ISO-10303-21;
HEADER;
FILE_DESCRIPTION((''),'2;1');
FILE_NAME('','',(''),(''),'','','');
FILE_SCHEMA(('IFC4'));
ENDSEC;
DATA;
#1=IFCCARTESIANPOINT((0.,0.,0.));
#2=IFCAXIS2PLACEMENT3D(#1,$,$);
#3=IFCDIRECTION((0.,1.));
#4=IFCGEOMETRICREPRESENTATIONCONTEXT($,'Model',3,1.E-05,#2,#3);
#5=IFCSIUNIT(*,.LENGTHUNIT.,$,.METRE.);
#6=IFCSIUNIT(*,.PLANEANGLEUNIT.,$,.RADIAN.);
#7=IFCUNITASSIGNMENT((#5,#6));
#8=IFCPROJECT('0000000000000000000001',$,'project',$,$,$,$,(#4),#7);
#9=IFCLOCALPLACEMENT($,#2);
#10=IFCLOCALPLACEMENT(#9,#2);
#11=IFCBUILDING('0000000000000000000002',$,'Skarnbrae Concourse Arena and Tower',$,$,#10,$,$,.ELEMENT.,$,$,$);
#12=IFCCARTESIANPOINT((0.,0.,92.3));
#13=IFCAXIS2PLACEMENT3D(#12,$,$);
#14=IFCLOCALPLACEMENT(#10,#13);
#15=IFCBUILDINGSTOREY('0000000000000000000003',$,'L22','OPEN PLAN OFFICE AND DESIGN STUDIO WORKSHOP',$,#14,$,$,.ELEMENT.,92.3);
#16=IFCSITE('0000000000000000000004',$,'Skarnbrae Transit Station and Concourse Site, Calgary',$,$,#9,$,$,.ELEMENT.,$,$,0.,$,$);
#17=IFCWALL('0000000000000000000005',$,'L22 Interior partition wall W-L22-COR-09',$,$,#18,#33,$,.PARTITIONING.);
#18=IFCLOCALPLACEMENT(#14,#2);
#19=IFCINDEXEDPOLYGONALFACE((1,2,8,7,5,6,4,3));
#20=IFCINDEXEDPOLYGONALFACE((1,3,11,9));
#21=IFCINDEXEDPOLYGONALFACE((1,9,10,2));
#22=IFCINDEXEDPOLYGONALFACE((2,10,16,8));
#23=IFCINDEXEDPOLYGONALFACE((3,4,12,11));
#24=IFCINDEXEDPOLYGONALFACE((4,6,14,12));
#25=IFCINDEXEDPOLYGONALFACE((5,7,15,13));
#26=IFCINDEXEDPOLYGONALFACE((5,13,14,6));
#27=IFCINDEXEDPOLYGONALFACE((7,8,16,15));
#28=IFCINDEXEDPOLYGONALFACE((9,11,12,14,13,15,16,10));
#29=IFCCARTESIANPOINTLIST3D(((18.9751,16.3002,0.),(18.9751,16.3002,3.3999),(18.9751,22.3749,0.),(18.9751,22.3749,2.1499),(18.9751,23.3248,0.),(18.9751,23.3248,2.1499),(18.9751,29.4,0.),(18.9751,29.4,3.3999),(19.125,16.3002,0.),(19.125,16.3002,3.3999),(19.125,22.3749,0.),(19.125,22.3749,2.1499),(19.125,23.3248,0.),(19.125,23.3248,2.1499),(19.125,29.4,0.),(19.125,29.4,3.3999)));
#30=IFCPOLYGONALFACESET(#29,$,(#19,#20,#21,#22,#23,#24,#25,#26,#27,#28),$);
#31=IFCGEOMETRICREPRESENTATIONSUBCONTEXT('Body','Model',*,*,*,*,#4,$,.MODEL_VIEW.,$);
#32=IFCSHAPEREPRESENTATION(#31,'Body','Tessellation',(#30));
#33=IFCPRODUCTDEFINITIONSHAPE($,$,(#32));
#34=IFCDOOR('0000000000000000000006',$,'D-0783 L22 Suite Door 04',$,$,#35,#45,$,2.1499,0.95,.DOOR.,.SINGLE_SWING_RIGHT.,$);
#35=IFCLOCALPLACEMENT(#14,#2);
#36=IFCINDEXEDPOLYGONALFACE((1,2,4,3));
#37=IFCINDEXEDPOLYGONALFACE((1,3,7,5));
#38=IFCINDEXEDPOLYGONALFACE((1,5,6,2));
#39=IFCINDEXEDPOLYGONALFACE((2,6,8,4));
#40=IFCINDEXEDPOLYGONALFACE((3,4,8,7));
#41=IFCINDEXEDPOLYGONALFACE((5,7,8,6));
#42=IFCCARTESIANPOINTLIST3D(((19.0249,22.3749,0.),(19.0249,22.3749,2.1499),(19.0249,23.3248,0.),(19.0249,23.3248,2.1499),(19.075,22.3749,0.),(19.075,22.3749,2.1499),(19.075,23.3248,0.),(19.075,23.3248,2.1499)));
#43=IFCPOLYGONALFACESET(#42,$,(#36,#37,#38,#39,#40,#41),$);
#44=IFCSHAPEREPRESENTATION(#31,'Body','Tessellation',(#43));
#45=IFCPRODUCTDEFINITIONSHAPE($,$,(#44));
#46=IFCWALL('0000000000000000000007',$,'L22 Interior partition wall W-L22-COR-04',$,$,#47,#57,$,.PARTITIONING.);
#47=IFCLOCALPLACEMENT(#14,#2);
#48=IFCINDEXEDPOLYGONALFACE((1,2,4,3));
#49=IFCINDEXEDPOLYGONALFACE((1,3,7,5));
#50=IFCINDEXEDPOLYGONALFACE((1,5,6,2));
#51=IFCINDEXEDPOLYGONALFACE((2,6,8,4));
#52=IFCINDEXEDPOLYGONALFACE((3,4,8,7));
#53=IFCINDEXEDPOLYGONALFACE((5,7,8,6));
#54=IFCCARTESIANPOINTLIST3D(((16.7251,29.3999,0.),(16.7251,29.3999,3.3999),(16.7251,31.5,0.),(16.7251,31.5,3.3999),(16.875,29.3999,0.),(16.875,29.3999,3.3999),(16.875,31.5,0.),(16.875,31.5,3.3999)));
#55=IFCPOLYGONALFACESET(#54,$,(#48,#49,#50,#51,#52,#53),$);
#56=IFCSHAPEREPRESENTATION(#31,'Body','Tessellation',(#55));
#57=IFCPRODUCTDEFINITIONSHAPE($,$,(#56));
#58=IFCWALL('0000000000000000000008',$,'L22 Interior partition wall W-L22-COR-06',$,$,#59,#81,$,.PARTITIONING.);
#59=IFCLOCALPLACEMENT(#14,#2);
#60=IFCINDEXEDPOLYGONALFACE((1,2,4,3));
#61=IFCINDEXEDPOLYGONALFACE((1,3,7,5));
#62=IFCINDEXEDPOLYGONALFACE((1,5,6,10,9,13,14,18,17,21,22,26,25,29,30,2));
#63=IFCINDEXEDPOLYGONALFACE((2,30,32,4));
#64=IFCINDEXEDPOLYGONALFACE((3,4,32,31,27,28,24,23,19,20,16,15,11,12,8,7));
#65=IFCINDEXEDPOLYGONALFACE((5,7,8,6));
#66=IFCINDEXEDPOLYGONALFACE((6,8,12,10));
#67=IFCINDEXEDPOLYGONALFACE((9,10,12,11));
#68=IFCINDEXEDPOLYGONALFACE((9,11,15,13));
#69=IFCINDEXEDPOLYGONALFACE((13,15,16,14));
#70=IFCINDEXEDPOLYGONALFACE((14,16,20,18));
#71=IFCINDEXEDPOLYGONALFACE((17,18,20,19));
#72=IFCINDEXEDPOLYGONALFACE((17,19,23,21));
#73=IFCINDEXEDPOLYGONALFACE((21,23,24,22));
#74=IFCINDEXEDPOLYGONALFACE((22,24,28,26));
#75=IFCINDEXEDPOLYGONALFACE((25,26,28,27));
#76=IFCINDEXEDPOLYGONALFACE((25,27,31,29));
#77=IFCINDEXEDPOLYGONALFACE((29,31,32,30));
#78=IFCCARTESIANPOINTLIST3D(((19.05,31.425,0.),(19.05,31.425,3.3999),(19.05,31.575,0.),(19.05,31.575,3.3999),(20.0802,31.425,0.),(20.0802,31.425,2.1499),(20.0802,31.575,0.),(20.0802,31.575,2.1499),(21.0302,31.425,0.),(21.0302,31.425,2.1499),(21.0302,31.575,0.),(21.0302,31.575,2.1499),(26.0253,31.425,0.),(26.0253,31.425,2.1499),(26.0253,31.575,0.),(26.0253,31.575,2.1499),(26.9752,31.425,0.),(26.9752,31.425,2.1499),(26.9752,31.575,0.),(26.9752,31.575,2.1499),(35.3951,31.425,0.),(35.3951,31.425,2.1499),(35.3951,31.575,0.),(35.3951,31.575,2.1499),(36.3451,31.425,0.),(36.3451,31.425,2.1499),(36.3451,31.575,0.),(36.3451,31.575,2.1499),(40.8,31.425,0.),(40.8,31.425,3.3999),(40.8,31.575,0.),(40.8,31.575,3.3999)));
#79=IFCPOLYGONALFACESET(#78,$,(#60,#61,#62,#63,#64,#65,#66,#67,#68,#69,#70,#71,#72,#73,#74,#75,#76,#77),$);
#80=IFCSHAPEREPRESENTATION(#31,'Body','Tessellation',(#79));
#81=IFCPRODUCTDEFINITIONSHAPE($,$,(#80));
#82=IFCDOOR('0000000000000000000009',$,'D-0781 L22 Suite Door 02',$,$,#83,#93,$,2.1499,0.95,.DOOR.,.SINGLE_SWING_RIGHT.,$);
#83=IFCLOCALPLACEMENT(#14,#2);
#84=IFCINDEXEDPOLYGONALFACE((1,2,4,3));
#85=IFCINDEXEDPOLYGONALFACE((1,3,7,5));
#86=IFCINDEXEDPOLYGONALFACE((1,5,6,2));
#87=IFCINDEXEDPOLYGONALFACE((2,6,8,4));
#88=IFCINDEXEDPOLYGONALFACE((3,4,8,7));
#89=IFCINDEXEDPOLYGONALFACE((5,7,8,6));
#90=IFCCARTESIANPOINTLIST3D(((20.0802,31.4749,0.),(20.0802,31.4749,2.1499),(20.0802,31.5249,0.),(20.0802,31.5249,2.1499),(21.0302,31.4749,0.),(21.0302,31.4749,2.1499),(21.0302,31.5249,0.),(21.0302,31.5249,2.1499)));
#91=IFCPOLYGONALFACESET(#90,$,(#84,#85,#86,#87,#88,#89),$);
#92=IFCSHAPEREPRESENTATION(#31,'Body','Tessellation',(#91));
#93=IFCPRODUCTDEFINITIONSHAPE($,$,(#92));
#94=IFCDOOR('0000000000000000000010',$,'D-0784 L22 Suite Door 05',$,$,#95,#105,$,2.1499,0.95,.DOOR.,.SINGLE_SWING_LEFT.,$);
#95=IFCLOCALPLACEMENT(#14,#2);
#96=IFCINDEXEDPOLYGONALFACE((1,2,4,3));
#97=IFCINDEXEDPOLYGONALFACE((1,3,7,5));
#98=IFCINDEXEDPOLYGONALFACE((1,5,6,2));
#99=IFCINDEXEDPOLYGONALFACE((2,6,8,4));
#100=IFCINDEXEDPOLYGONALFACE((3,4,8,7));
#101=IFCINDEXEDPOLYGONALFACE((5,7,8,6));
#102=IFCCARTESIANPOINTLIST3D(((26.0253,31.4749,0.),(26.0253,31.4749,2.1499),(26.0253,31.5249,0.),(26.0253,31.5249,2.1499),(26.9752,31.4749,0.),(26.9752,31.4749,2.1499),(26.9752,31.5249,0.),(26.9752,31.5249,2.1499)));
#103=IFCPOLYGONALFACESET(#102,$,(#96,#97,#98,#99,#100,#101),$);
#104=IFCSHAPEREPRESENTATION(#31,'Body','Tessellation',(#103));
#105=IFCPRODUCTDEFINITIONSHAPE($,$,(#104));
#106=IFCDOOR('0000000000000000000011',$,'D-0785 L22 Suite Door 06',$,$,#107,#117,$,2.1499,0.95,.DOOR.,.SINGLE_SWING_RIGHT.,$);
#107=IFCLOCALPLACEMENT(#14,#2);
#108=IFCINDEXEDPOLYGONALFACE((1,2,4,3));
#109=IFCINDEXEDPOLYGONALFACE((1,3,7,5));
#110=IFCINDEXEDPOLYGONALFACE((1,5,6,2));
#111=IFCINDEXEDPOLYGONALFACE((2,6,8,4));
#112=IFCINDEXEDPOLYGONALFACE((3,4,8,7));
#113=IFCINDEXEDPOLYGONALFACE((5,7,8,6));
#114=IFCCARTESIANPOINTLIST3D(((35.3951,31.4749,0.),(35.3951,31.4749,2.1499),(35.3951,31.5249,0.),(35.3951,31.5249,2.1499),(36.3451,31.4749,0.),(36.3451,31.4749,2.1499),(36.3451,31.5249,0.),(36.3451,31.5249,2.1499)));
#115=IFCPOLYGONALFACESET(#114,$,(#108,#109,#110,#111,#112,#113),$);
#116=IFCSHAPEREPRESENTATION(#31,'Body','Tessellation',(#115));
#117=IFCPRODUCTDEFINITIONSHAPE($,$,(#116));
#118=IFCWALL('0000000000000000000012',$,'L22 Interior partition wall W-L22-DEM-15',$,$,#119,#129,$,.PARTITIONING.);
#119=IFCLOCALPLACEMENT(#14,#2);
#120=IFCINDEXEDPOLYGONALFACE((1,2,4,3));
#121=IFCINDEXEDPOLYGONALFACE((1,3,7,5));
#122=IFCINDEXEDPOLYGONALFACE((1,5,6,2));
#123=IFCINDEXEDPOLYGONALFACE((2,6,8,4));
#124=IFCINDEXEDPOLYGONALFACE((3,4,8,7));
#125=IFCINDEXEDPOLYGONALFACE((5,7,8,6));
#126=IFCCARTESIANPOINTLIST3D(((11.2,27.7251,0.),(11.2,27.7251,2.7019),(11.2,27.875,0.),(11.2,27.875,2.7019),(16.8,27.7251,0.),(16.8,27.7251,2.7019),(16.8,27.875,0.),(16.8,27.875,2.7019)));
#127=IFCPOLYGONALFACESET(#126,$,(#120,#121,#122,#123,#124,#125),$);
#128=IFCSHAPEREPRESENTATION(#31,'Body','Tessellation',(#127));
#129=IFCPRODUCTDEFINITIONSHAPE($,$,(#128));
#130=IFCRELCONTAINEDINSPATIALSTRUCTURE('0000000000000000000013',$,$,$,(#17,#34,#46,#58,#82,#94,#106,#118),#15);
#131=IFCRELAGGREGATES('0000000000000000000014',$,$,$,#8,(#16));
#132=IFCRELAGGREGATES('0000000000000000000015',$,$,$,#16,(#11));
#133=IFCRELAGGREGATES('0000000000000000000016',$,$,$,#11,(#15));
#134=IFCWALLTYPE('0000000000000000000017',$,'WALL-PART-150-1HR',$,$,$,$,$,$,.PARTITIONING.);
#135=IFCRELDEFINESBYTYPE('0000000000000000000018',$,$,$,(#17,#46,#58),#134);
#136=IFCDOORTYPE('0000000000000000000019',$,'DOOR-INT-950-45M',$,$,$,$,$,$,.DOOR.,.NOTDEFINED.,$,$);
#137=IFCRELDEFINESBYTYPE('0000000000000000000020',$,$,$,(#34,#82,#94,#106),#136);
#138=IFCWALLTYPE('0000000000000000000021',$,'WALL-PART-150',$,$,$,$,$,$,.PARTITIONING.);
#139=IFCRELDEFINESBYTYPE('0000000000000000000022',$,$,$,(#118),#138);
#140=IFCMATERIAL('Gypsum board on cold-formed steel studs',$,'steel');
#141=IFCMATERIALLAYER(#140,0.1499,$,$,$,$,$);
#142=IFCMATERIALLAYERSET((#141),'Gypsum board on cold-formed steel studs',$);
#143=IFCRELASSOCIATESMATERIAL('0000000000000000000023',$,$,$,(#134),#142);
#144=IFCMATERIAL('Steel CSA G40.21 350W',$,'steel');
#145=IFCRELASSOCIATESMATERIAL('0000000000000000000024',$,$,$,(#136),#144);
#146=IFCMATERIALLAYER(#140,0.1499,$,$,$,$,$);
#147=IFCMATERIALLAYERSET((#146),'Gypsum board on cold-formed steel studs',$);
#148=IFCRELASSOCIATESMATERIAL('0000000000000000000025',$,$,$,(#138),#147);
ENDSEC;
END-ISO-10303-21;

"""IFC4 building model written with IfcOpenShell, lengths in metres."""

from ifc_helpers import new_model, si_unit, direction, frame, frame_2d, origin, place, context, subcontext, project, spatial, rectangle, extrude, source, transform, mapped, material, layer, layer_set, type_object, element, fill, save


model = new_model("IFC4")

# Units and contexts
model_context = context("Model", 3, precision=1e-05, world=origin(), true_north=direction((0.0, 1.0)))
body_context = subcontext(model_context, "Body", "Model", "MODEL_VIEW")
ifc_project = project(units=[si_unit("LENGTHUNIT", "METRE"), si_unit("PLANEANGLEUNIT", "RADIAN")], contexts=[model_context])

# Site, building, storey
site_placement = place(None, origin())
site = spatial("IfcSite", under=ifc_project, at=site_placement, Name="Skarnbrae Transit Station and Concourse Site, Calgary", CompositionType="ELEMENT", RefElevation=0.0)
building_placement = place(site_placement, origin())
building = spatial("IfcBuilding", under=site, at=building_placement, Name="Skarnbrae Concourse Arena and Tower", CompositionType="ELEMENT")
storey_placement = place(building_placement, frame((0.0, 0.0, 92.3)))
storey = spatial("IfcBuildingStorey", under=building, at=storey_placement, Name="L22", Description="OPEN PLAN OFFICE AND DESIGN STUDIO WORKSHOP", CompositionType="ELEMENT", Elevation=92.3)

# Shared definitions
ifc_material_1 = material(Name="Steel CSA G40.21 350W", Category="steel")

# Shared definitions
ifc_material_2 = material(Name="Gypsum board on cold-formed steel studs", Category="steel")
ifc_layer_1 = layer(ifc_material_2, 0.1499)
ifc_layer_set_1 = layer_set([ifc_layer_1], Name="Gypsum board on cold-formed steel studs")
wall_type_1 = type_object("IfcWallType", Name="WALL-PART-150-1HR", PredefinedType="PARTITIONING", material=ifc_layer_set_1)

# Wall, opening, door
shared_shape_1 = source(origin(), body_context, "Body", "SweptSolid", [
    extrude(rectangle(XDim=13.0999, YDim=0.1499, at=frame_2d((6.5498, 0.0))), origin(), (0.0, 0.0, 1.0), 3.3999),
])
wall_1_placement = place(storey_placement, frame((19.05, 29.3999, 0.0), z_axis=(0.0, 0.0, 1.0), x_axis=(0.0, -1.0, 0.0)))
wall_1 = element("IfcWall", 1, at=wall_1_placement, inside=storey, type_object=wall_type_1, Name="L22 Interior partition wall W-L22-COR-09", PredefinedType="PARTITIONING", context=body_context, shape_type="MappedRepresentation", body=[
    mapped(shared_shape_1, transform((0.0, 0.0, 0.0))),
])
opening_1_placement = place(wall_1_placement, frame((6.075, 0.0, 0.0)))
opening_1 = element("IfcOpeningElement", 2, at=opening_1_placement, cuts=wall_1, PredefinedType="OPENING", context=body_context, shape_type="SweptSolid", body=[
    extrude(rectangle(XDim=0.95, YDim=2.1499, at=frame_2d((0.4751, 1.075))), frame((0.0, 0.085, 0.0), z_axis=(0.0, -1.0, 0.0), x_axis=(1.0, 0.0, 0.0)), (0.0, 0.0, 1.0), 0.1699),
])
door_type = type_object("IfcDoorType", Name="DOOR-INT-950-45M", OperationType="NOTDEFINED", PredefinedType="DOOR", material=ifc_material_1)
shared_shape_2 = source(origin(), body_context, "Body", "SweptSolid", [
    extrude(rectangle(XDim=0.95, YDim=2.1499, at=frame_2d((0.4751, 1.075))), frame((0.0, 0.0249, 0.0), z_axis=(0.0, -1.0, 0.0), x_axis=(1.0, 0.0, 0.0)), (0.0, 0.0, 1.0), 0.05),
])
door_1_placement = place(opening_1_placement, origin())
door_1 = element("IfcDoor", 3, at=door_1_placement, inside=storey, type_object=door_type, Name="D-0783 L22 Suite Door 04", OperationType="SINGLE_SWING_RIGHT", OverallHeight=2.1499, OverallWidth=0.95, PredefinedType="DOOR", context=body_context, shape_type="MappedRepresentation", body=[
    mapped(shared_shape_2, transform((0.0, 0.0, 0.0))),
])
fill(opening_1, door_1)

# Wall
shared_shape_3 = source(origin(), body_context, "Body", "SweptSolid", [
    extrude(rectangle(XDim=2.1001, YDim=0.1499, at=frame_2d((1.05, 0.0))), origin(), (0.0, 0.0, 1.0), 3.3999),
])
wall_2_placement = place(storey_placement, frame((16.8, 29.3999, 0.0), z_axis=(0.0, 0.0, 1.0), x_axis=(0.0, 1.0, 0.0)))
element("IfcWall", 4, at=wall_2_placement, inside=storey, type_object=wall_type_1, Name="L22 Interior partition wall W-L22-COR-04", PredefinedType="PARTITIONING", context=body_context, shape_type="MappedRepresentation", body=[
    mapped(shared_shape_3, transform((0.0, 0.0, 0.0))),
])

# Wall, openings, doors
shared_shape_4 = source(origin(), body_context, "Body", "SweptSolid", [
    extrude(rectangle(XDim=21.75, YDim=0.1499, at=frame_2d((10.875, 0.0))), origin(), (0.0, 0.0, 1.0), 3.3999),
])
wall_3_placement = place(storey_placement, frame((19.05, 31.5, 0.0), z_axis=(0.0, 0.0, 1.0), x_axis=(1.0, 0.0, 0.0)))
wall_3 = element("IfcWall", 5, at=wall_3_placement, inside=storey, type_object=wall_type_1, Name="L22 Interior partition wall W-L22-COR-06", PredefinedType="PARTITIONING", context=body_context, shape_type="MappedRepresentation", body=[
    mapped(shared_shape_4, transform((0.0, 0.0, 0.0))),
])
opening_2_placement = place(wall_3_placement, frame((1.03, 0.0, 0.0)))
opening_2 = element("IfcOpeningElement", 6, at=opening_2_placement, cuts=wall_3, PredefinedType="OPENING", context=body_context, shape_type="SweptSolid", body=[
    extrude(rectangle(XDim=0.95, YDim=2.1499, at=frame_2d((0.4751, 1.075))), frame((0.0, 0.085, 0.0), z_axis=(0.0, -1.0, 0.0), x_axis=(1.0, 0.0, 0.0)), (0.0, 0.0, 1.0), 0.1699),
])
opening_3_placement = place(wall_3_placement, frame((6.9751, 0.0, 0.0)))
opening_3 = element("IfcOpeningElement", 7, at=opening_3_placement, cuts=wall_3, PredefinedType="OPENING", context=body_context, shape_type="SweptSolid", body=[
    extrude(rectangle(XDim=0.95, YDim=2.1499, at=frame_2d((0.4751, 1.075))), frame((0.0, 0.085, 0.0), z_axis=(0.0, -1.0, 0.0), x_axis=(1.0, 0.0, 0.0)), (0.0, 0.0, 1.0), 0.1699),
])
opening_4_placement = place(wall_3_placement, frame((16.345, 0.0, 0.0)))
opening_4 = element("IfcOpeningElement", 8, at=opening_4_placement, cuts=wall_3, PredefinedType="OPENING", context=body_context, shape_type="SweptSolid", body=[
    extrude(rectangle(XDim=0.95, YDim=2.1499, at=frame_2d((0.4751, 1.075))), frame((0.0, 0.085, 0.0), z_axis=(0.0, -1.0, 0.0), x_axis=(1.0, 0.0, 0.0)), (0.0, 0.0, 1.0), 0.1699),
])
door_2_placement = place(opening_2_placement, origin())
door_2 = element("IfcDoor", 9, at=door_2_placement, inside=storey, type_object=door_type, Name="D-0781 L22 Suite Door 02", OperationType="SINGLE_SWING_RIGHT", OverallHeight=2.1499, OverallWidth=0.95, PredefinedType="DOOR", context=body_context, shape_type="MappedRepresentation", body=[
    mapped(shared_shape_2, transform((0.0, 0.0, 0.0))),
])
fill(opening_2, door_2)
door_3_placement = place(opening_3_placement, origin())
door_3 = element("IfcDoor", 10, at=door_3_placement, inside=storey, type_object=door_type, Name="D-0784 L22 Suite Door 05", OperationType="SINGLE_SWING_LEFT", OverallHeight=2.1499, OverallWidth=0.95, PredefinedType="DOOR", context=body_context, shape_type="MappedRepresentation", body=[
    mapped(shared_shape_2, transform((0.0, 0.0, 0.0))),
])
fill(opening_3, door_3)
door_4_placement = place(opening_4_placement, origin())
door_4 = element("IfcDoor", 11, at=door_4_placement, inside=storey, type_object=door_type, Name="D-0785 L22 Suite Door 06", OperationType="SINGLE_SWING_RIGHT", OverallHeight=2.1499, OverallWidth=0.95, PredefinedType="DOOR", context=body_context, shape_type="MappedRepresentation", body=[
    mapped(shared_shape_2, transform((0.0, 0.0, 0.0))),
])
fill(opening_4, door_4)

# Wall
ifc_layer_2 = layer(ifc_material_2, 0.1499)
ifc_layer_set_2 = layer_set([ifc_layer_2], Name="Gypsum board on cold-formed steel studs")
wall_type_2 = type_object("IfcWallType", Name="WALL-PART-150", PredefinedType="PARTITIONING", material=ifc_layer_set_2)
shared_shape_5 = source(origin(), body_context, "Body", "SweptSolid", [
    extrude(rectangle(XDim=5.6001, YDim=0.1499, at=frame_2d((2.8, 0.0))), origin(), (0.0, 0.0, 1.0), 2.7019),
])
wall_4_placement = place(storey_placement, frame((16.8, 27.8, 0.0), z_axis=(0.0, 0.0, 1.0), x_axis=(-1.0, 0.0, 0.0)))
element("IfcWall", 12, at=wall_4_placement, inside=storey, type_object=wall_type_2, Name="L22 Interior partition wall W-L22-DEM-15", PredefinedType="PARTITIONING", context=body_context, shape_type="MappedRepresentation", body=[
    mapped(shared_shape_5, transform((0.0, 0.0, 0.0))),
])

save(model, "model.ifc")
